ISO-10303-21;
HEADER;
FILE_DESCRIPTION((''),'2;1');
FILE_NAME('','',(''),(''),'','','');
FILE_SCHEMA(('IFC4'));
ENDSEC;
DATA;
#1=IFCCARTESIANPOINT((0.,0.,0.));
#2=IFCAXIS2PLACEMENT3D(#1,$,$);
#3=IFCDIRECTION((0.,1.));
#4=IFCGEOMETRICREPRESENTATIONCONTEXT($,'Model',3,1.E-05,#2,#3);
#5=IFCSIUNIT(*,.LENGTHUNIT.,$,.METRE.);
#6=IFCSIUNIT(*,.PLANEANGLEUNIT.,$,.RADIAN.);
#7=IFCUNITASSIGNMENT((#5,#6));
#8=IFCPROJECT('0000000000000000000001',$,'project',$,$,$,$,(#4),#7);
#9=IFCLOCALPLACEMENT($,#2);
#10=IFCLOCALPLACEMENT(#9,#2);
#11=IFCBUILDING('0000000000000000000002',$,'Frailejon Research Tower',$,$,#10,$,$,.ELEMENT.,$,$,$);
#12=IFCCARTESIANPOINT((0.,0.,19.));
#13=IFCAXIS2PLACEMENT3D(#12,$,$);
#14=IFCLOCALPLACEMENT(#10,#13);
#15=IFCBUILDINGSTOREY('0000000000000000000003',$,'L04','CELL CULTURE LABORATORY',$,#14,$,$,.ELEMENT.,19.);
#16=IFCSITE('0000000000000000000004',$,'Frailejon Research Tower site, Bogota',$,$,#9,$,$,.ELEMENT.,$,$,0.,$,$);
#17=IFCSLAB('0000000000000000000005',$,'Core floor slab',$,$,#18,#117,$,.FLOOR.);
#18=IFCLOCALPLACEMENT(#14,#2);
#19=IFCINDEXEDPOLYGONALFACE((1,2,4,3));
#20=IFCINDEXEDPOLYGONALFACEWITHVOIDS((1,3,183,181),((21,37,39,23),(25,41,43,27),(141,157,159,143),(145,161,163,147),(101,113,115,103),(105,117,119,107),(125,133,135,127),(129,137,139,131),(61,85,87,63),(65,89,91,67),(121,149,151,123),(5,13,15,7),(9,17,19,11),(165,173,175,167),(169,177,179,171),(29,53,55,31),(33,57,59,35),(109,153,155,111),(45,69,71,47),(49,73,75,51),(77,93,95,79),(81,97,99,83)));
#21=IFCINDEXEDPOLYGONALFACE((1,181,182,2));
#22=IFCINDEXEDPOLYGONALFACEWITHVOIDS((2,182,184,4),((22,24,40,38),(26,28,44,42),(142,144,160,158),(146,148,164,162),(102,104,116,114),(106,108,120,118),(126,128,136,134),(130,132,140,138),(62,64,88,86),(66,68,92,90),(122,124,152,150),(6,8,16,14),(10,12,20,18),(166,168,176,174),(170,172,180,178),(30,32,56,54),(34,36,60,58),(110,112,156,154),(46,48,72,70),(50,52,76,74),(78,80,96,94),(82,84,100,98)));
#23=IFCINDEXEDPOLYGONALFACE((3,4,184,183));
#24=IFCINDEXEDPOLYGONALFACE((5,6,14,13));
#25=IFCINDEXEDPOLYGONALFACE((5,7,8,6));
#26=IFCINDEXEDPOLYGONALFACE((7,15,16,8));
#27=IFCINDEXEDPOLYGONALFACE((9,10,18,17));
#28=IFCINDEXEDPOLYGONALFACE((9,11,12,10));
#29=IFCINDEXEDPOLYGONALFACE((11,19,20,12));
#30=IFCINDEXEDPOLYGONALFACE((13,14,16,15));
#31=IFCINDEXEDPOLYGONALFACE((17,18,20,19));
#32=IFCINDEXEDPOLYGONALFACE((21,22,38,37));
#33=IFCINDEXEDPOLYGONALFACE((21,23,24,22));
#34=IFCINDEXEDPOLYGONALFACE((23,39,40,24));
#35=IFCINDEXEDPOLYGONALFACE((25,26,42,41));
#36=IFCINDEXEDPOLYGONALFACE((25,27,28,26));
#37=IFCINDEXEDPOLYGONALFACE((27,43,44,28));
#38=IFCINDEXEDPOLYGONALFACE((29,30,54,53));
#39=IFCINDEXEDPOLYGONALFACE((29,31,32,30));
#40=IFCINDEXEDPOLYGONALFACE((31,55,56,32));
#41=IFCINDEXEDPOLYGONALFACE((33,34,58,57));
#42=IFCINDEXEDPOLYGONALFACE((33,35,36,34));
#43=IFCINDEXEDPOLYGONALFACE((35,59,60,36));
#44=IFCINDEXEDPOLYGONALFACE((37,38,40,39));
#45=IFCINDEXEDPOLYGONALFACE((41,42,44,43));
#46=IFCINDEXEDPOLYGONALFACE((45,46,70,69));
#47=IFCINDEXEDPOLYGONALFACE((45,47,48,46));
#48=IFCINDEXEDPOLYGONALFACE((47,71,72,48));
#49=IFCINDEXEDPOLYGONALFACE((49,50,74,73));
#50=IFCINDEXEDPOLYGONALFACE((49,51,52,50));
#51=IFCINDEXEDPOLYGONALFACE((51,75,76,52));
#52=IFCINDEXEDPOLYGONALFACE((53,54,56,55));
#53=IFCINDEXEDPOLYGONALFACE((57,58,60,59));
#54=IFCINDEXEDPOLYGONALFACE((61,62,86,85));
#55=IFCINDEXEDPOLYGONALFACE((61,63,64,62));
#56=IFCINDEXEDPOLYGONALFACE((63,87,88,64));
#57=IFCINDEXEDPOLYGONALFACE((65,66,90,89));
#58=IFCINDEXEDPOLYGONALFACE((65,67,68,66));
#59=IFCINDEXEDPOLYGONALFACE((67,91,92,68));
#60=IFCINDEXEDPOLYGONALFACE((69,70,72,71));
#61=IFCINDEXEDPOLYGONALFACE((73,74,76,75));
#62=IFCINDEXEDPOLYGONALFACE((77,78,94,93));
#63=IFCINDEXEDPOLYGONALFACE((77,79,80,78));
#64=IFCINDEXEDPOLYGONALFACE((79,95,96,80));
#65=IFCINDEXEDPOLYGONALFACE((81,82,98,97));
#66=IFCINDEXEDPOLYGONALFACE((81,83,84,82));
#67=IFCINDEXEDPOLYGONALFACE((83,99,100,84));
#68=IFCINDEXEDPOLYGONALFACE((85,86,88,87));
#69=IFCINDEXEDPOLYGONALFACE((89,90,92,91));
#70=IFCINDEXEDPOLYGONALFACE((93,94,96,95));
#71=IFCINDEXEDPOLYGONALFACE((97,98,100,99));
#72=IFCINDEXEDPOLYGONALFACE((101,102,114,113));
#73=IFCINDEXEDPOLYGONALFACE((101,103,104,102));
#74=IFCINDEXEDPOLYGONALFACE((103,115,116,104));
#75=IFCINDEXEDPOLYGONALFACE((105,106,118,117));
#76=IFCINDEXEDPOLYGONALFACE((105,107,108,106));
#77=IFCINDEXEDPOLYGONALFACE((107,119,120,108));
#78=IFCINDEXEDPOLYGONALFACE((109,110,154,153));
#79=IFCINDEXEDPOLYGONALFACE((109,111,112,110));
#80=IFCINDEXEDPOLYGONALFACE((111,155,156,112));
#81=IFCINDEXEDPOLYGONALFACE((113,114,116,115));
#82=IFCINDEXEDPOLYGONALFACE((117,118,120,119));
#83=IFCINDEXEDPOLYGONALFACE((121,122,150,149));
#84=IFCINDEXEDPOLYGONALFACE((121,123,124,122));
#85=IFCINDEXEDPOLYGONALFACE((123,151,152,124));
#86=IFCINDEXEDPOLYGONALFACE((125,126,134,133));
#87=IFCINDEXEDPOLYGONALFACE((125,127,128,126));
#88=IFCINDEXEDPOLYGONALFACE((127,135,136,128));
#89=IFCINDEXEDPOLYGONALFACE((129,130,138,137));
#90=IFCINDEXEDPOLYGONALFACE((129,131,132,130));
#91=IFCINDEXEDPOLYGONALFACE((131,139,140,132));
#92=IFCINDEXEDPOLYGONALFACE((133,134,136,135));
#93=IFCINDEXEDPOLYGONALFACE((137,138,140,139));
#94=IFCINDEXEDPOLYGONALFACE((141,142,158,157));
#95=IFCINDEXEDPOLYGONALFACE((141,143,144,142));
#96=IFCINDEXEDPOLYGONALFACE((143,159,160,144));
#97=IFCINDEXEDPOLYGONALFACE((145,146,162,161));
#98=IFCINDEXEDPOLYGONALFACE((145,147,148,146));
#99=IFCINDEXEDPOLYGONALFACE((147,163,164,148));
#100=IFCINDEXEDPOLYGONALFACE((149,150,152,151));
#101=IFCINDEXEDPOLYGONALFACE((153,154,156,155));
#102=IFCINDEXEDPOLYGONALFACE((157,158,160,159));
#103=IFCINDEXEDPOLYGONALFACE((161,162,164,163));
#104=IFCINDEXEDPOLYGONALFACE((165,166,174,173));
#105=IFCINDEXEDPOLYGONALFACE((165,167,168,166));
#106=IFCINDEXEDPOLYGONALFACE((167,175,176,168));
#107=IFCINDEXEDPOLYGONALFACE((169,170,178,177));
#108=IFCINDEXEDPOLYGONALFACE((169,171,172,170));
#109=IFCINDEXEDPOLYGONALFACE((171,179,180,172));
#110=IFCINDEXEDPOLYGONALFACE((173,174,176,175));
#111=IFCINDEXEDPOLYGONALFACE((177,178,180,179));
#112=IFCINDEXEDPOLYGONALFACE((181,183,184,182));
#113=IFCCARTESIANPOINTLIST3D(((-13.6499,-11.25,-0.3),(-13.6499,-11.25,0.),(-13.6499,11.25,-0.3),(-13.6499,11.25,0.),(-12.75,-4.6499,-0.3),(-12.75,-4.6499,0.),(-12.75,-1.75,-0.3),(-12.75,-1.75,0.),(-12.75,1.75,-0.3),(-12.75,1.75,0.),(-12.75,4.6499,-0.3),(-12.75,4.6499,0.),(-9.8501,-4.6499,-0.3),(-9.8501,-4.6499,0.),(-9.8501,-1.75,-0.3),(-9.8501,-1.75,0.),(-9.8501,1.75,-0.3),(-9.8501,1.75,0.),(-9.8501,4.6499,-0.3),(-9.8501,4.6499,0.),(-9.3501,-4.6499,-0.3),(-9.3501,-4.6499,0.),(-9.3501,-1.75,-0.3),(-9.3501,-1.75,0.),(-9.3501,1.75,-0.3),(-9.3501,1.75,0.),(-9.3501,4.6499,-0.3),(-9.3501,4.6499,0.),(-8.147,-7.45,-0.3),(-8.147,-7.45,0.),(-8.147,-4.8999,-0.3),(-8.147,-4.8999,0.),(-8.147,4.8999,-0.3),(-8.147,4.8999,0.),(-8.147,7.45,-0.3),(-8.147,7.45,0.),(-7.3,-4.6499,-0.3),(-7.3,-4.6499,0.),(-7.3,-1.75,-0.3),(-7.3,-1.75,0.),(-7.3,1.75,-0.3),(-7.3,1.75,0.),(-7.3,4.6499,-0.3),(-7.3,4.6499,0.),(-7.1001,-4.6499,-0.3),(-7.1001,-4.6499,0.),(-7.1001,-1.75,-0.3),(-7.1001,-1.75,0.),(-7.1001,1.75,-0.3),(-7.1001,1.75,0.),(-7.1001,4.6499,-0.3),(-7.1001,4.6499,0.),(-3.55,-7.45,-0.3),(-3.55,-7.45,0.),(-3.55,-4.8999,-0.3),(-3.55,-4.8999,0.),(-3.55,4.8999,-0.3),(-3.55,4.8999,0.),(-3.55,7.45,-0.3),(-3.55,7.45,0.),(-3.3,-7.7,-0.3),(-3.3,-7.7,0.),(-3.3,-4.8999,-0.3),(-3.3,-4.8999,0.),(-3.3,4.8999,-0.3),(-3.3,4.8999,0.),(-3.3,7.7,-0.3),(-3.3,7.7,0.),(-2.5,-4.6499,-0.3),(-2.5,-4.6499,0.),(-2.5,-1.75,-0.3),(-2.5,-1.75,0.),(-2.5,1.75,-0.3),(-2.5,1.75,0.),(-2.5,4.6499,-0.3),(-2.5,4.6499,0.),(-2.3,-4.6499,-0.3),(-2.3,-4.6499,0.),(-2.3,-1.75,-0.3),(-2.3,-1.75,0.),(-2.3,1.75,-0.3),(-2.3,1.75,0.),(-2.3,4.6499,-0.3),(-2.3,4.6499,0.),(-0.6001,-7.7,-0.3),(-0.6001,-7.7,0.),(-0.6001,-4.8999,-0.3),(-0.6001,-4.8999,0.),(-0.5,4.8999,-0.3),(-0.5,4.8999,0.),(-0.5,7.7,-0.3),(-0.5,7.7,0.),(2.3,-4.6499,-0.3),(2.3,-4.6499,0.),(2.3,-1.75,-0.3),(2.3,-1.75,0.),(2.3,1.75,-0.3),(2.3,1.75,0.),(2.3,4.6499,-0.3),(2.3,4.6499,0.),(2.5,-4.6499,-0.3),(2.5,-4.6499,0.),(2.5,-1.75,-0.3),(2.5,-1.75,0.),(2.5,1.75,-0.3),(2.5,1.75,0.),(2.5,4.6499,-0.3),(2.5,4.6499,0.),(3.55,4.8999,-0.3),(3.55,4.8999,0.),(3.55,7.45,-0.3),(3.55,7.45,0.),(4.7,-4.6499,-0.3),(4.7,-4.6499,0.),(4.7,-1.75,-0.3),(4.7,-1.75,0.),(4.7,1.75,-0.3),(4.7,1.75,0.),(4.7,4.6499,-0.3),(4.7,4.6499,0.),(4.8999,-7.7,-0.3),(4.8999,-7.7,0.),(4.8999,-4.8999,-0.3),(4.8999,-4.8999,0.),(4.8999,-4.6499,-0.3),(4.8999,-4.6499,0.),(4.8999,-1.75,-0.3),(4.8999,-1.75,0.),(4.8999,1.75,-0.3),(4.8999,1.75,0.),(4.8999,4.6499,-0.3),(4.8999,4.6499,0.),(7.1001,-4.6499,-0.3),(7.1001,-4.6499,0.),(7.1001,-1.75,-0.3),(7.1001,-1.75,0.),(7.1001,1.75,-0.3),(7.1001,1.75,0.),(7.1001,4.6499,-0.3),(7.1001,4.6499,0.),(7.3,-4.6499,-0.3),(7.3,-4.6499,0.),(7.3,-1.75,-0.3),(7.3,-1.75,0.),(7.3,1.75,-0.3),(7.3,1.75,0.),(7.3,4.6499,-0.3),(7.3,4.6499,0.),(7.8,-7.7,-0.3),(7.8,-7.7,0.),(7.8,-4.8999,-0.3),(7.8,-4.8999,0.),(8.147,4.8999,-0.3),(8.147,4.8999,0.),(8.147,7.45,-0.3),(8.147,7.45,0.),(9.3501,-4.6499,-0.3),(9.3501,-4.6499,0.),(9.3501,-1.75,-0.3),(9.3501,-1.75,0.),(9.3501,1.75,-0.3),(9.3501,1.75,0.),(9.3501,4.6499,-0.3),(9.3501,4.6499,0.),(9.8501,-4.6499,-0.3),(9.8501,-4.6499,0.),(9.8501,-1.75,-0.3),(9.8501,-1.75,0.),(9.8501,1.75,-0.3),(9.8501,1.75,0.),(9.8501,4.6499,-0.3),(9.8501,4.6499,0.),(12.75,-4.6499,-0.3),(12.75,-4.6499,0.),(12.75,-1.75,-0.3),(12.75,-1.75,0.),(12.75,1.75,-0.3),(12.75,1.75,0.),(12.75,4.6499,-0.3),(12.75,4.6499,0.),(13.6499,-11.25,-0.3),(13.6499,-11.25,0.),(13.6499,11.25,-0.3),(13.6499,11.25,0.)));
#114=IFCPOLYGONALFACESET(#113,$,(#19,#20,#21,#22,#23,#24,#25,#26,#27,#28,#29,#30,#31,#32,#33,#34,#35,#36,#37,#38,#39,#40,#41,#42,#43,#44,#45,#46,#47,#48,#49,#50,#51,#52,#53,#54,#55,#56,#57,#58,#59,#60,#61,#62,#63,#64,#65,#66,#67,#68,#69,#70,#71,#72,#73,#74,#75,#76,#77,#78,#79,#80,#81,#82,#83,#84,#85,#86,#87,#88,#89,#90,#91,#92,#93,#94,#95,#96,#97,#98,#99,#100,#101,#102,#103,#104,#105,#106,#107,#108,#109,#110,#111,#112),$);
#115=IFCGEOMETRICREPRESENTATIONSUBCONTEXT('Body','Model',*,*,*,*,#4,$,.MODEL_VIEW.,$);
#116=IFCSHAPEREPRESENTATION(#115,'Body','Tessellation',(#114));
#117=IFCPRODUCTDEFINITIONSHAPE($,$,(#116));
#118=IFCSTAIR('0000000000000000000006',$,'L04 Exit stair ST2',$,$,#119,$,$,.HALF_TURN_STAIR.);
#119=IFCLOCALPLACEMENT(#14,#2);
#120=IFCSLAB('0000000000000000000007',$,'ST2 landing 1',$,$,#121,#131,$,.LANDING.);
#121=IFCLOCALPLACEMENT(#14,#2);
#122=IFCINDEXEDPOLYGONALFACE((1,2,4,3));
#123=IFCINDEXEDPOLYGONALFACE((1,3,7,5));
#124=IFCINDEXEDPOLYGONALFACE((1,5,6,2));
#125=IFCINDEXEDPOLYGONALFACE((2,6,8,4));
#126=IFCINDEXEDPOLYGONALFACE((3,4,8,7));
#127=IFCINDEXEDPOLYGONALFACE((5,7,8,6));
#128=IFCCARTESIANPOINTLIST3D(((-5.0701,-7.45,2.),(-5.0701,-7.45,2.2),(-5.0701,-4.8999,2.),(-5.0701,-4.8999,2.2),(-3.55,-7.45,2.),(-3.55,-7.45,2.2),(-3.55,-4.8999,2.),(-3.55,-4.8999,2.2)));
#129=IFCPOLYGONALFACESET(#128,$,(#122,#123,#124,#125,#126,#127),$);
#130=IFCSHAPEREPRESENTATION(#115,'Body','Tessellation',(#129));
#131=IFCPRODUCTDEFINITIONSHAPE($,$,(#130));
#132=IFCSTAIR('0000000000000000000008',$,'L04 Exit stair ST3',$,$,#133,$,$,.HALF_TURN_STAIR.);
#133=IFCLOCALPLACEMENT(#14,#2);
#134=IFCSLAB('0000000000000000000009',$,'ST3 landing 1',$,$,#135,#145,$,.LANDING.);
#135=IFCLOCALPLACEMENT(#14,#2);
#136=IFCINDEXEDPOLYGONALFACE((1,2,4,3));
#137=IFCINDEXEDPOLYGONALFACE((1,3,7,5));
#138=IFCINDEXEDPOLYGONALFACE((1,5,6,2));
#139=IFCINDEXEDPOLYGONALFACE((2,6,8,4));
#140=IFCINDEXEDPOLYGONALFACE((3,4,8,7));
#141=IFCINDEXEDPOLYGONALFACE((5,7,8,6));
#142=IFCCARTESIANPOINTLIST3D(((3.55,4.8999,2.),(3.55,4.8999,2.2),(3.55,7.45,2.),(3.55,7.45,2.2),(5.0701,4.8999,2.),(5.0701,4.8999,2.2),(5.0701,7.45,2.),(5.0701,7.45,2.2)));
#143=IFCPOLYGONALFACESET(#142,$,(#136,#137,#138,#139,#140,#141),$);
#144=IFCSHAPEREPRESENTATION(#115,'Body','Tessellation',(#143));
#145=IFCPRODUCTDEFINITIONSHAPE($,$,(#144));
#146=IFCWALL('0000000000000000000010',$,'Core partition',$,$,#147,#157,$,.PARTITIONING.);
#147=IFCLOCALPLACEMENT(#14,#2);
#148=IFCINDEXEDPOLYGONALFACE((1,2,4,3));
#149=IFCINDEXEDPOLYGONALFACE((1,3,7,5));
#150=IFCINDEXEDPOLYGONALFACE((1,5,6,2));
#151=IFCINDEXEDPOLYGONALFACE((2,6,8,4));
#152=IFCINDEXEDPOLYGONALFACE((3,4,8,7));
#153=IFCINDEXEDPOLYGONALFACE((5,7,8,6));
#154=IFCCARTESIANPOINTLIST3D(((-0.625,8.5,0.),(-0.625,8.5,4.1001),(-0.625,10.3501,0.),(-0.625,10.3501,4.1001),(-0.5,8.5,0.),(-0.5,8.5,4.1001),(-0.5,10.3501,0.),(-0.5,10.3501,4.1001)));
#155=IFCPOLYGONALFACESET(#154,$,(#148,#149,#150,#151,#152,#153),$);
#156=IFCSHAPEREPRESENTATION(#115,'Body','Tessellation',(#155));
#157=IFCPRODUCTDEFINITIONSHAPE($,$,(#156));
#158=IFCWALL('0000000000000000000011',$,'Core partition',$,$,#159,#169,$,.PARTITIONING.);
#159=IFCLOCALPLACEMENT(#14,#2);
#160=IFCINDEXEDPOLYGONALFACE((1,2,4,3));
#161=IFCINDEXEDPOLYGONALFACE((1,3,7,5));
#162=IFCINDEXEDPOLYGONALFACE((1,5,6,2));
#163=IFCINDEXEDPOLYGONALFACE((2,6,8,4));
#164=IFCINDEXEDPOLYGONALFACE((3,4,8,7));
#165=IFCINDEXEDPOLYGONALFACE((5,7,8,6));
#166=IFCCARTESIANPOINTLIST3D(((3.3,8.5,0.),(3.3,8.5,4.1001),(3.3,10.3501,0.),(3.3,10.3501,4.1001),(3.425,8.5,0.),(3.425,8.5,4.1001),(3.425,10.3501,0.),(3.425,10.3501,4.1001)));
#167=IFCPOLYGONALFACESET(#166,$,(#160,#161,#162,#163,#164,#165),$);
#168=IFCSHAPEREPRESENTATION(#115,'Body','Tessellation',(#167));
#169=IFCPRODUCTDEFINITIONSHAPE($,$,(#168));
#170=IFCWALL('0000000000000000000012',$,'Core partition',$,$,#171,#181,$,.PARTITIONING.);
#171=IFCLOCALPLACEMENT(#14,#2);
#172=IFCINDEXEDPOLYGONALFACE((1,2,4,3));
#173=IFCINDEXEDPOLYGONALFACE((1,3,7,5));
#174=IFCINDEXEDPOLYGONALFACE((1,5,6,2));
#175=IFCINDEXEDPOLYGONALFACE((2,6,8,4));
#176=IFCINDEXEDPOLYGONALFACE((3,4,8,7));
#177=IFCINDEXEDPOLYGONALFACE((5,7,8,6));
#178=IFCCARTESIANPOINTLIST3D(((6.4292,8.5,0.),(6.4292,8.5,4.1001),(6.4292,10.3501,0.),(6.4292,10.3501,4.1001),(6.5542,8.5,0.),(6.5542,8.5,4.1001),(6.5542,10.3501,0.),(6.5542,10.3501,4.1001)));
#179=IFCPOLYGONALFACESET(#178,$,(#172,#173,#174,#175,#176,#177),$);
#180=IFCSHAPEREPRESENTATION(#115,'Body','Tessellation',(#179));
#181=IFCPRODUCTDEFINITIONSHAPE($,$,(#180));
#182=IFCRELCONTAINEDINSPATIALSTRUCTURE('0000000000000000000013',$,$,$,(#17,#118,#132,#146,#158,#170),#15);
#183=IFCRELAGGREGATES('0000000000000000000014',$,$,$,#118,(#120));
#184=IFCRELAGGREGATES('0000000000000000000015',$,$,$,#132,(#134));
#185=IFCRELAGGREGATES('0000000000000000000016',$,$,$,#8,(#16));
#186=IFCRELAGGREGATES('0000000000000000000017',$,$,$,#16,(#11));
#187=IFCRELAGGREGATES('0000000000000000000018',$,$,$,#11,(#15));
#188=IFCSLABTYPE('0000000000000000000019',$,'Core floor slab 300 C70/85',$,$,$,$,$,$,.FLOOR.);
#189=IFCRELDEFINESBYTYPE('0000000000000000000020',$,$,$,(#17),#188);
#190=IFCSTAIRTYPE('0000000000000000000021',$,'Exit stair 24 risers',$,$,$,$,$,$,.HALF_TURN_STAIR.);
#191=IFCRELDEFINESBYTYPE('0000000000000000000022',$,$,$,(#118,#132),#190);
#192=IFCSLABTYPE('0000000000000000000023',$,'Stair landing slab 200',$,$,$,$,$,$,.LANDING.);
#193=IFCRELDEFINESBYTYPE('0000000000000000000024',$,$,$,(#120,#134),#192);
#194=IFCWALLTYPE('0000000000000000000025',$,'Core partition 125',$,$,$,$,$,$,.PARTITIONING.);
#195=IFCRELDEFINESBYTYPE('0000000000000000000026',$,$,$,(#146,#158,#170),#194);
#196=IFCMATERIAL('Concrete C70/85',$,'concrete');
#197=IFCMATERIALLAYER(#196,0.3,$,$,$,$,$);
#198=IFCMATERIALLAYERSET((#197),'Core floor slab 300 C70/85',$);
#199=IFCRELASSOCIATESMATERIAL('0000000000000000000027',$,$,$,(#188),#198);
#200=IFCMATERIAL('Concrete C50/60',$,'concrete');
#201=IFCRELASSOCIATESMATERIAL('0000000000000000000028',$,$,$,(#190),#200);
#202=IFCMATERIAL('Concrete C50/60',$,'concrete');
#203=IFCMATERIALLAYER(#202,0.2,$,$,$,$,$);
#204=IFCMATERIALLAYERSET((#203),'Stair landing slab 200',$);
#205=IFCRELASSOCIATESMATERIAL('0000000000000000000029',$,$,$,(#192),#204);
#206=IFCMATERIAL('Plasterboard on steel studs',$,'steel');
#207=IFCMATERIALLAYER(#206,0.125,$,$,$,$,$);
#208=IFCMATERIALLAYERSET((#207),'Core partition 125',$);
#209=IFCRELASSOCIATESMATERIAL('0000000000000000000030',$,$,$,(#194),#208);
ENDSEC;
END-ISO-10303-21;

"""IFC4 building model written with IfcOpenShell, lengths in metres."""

from ifc_helpers import new_model, si_unit, direction, frame, frame_2d, origin, place, context, subcontext, project, spatial, polyline, rectangle, outline, extrude, material, layer, layer_set, type_object, element, aggregate, save


model = new_model("IFC4")

# Units and contexts
model_context = context("Model", 3, precision=1e-05, world=origin(), true_north=direction((0.0, 1.0)))
body_context = subcontext(model_context, "Body", "Model", "MODEL_VIEW")
ifc_project = project(units=[si_unit("LENGTHUNIT", "METRE"), si_unit("PLANEANGLEUNIT", "RADIAN")], contexts=[model_context])

# Site, building, storey
site_placement = place(None, origin())
site = spatial("IfcSite", under=ifc_project, at=site_placement, Name="Frailejon Research Tower site, Bogota", CompositionType="ELEMENT", RefElevation=0.0)
building_placement = place(site_placement, origin())
building = spatial("IfcBuilding", under=site, at=building_placement, Name="Frailejon Research Tower", CompositionType="ELEMENT")
storey_placement = place(building_placement, frame((0.0, 0.0, 19.0)))
storey = spatial("IfcBuildingStorey", under=building, at=storey_placement, Name="L04", Description="CELL CULTURE LABORATORY", CompositionType="ELEMENT", Elevation=19.0)

# Slab
ifc_material_1 = material(Name="Concrete C70/85", Category="concrete")
ifc_layer_1 = layer(ifc_material_1, 0.3)
ifc_layer_set_1 = layer_set([ifc_layer_1], Name="Core floor slab 300 C70/85")
slab_type_1 = type_object("IfcSlabType", Name="Core floor slab 300 C70/85", PredefinedType="FLOOR", material=ifc_layer_set_1)
slab_1_placement = place(storey_placement, frame((0.0, 0.0, -0.3)))
element("IfcSlab", 1, at=slab_1_placement, inside=storey, type_object=slab_type_1, Name="Core floor slab", PredefinedType="FLOOR", context=body_context, shape_type="SweptSolid", body=[
    extrude(outline(polyline([(13.6499, -11.25), (13.6499, 11.25), (-13.6499, 11.25), (-13.6499, -11.25), (13.6499, -11.25)]), holes=[polyline([(-9.8501, 1.75), (-9.8501, 4.6499), (-12.75, 4.6499), (-12.75, 1.75), (-9.8501, 1.75)]), polyline([(-7.3, 1.75), (-7.3, 4.6499), (-9.3501, 4.6499), (-9.3501, 1.75), (-7.3, 1.75)]), polyline([(-2.5, 1.75), (-2.5, 4.6499), (-7.1001, 4.6499), (-7.1001, 1.75), (-2.5, 1.75)]), polyline([(2.3, 1.75), (2.3, 4.6499), (-2.3, 4.6499), (-2.3, 1.75), (2.3, 1.75)]), polyline([(4.7, 1.75), (4.7, 4.6499), (2.5, 4.6499), (2.5, 1.75), (4.7, 1.75)]), polyline([(7.1001, 1.75), (7.1001, 4.6499), (4.8999, 4.6499), (4.8999, 1.75), (7.1001, 1.75)]), polyline([(9.3501, 1.75), (9.3501, 4.6499), (7.3, 4.6499), (7.3, 1.75), (9.3501, 1.75)]), polyline([(12.75, 1.75), (12.75, 4.6499), (9.8501, 4.6499), (9.8501, 1.75), (12.75, 1.75)]), polyline([(-9.8501, -4.6499), (-9.8501, -1.75), (-12.75, -1.75), (-12.75, -4.6499), (-9.8501, -4.6499)]), polyline([(-7.3, -4.6499), (-7.3, -1.75), (-9.3501, -1.75), (-9.3501, -4.6499), (-7.3, -4.6499)]), polyline([(-2.5, -4.6499), (-2.5, -1.75), (-7.1001, -1.75), (-7.1001, -4.6499), (-2.5, -4.6499)]), polyline([(2.3, -4.6499), (2.3, -1.75), (-2.3, -1.75), (-2.3, -4.6499), (2.3, -4.6499)]), polyline([(4.7, -4.6499), (4.7, -1.75), (2.5, -1.75), (2.5, -4.6499), (4.7, -4.6499)]), polyline([(7.1001, -4.6499), (7.1001, -1.75), (4.8999, -1.75), (4.8999, -4.6499), (7.1001, -4.6499)]), polyline([(9.3501, -4.6499), (9.3501, -1.75), (7.3, -1.75), (7.3, -4.6499), (9.3501, -4.6499)]), polyline([(12.75, -4.6499), (12.75, -1.75), (9.8501, -1.75), (9.8501, -4.6499), (12.75, -4.6499)]), polyline([(-8.147, 4.8999), (-3.55, 4.8999), (-3.55, 7.45), (-8.147, 7.45), (-8.147, 4.8999)]), polyline([(-8.147, -7.45), (-3.55, -7.45), (-3.55, -4.8999), (-8.147, -4.8999), (-8.147, -7.45)]), polyline([(8.147, 7.45), (3.55, 7.45), (3.55, 4.8999), (8.147, 4.8999), (8.147, 7.45)]), polyline([(-0.6001, -7.7), (-0.6001, -4.8999), (-3.3, -4.8999), (-3.3, -7.7), (-0.6001, -7.7)]), polyline([(7.8, -7.7), (7.8, -4.8999), (4.8999, -4.8999), (4.8999, -7.7), (7.8, -7.7)]), polyline([(-0.5, 4.8999), (-0.5, 7.7), (-3.3, 7.7), (-3.3, 4.8999), (-0.5, 4.8999)])]), origin(), (0.0, 0.0, 1.0), 0.3),
])

# Stairs, slabs
ifc_material_2 = material(Name="Concrete C50/60", Category="concrete")
stair_type = type_object("IfcStairType", Name="Exit stair 24 risers", PredefinedType="HALF_TURN_STAIR", material=ifc_material_2)
stair_1_placement = place(storey_placement, origin())
stair_1 = element("IfcStair", 2, at=stair_1_placement, inside=storey, type_object=stair_type, Name="L04 Exit stair ST2", PredefinedType="HALF_TURN_STAIR")
ifc_material_3 = material(Name="Concrete C50/60", Category="concrete")
ifc_layer_2 = layer(ifc_material_3, 0.2)
ifc_layer_set_2 = layer_set([ifc_layer_2], Name="Stair landing slab 200")
slab_type_2 = type_object("IfcSlabType", Name="Stair landing slab 200", PredefinedType="LANDING", material=ifc_layer_set_2)
slab_2_placement = place(storey_placement, frame((0.0, 0.0, 2.0)))
slab_2 = element("IfcSlab", 3, at=slab_2_placement, type_object=slab_type_2, Name="ST2 landing 1", PredefinedType="LANDING", context=body_context, shape_type="SweptSolid", body=[
    extrude(outline(polyline([(-5.0701, -7.45), (-3.55, -7.45), (-3.55, -4.8999), (-5.0701, -4.8999), (-5.0701, -7.45)])), origin(), (0.0, 0.0, 1.0), 0.2),
])
aggregate(stair_1, [slab_2])
stair_2_placement = place(storey_placement, origin())
stair_2 = element("IfcStair", 4, at=stair_2_placement, inside=storey, type_object=stair_type, Name="L04 Exit stair ST3", PredefinedType="HALF_TURN_STAIR")
slab_3_placement = place(storey_placement, frame((0.0, 0.0, 2.0)))
slab_3 = element("IfcSlab", 5, at=slab_3_placement, type_object=slab_type_2, Name="ST3 landing 1", PredefinedType="LANDING", context=body_context, shape_type="SweptSolid", body=[
    extrude(outline(polyline([(5.0701, 7.45), (3.55, 7.45), (3.55, 4.8999), (5.0701, 4.8999), (5.0701, 7.45)])), origin(), (0.0, 0.0, 1.0), 0.2),
])

# Walls
ifc_material_4 = material(Name="Plasterboard on steel studs", Category="steel")
ifc_layer_3 = layer(ifc_material_4, 0.125)
ifc_layer_set_3 = layer_set([ifc_layer_3], Name="Core partition 125")
wall_type_1 = type_object("IfcWallType", Name="Core partition 125", PredefinedType="PARTITIONING", material=ifc_layer_set_3)
for number, where, z_axis, x_axis, name in (
    (6, (-0.5625, 8.5, 0.0), (0.0, 0.0, 1.0), (0.0, 1.0, 0.0), "Core partition"),
    (7, (3.3625, 8.5, 0.0), (0.0, 0.0, 1.0), (0.0, 1.0, 0.0), "Core partition"),
    (8, (6.4917, 8.5, 0.0), (0.0, 0.0, 1.0), (0.0, 1.0, 0.0), "Core partition"),
):
    element("IfcWall", number, at=place(storey_placement, frame(where, z_axis=z_axis, x_axis=x_axis)), inside=storey, type_object=wall_type_1, Name=name, PredefinedType="PARTITIONING", context=body_context, shape_type="SweptSolid", body=[
        extrude(rectangle(XDim=1.8501, YDim=0.125, at=frame_2d((0.925, 0.0))), origin(), (0.0, 0.0, 1.0), 4.1001),
    ])

aggregate(stair_2, [slab_3])

save(model, "model.ifc")
